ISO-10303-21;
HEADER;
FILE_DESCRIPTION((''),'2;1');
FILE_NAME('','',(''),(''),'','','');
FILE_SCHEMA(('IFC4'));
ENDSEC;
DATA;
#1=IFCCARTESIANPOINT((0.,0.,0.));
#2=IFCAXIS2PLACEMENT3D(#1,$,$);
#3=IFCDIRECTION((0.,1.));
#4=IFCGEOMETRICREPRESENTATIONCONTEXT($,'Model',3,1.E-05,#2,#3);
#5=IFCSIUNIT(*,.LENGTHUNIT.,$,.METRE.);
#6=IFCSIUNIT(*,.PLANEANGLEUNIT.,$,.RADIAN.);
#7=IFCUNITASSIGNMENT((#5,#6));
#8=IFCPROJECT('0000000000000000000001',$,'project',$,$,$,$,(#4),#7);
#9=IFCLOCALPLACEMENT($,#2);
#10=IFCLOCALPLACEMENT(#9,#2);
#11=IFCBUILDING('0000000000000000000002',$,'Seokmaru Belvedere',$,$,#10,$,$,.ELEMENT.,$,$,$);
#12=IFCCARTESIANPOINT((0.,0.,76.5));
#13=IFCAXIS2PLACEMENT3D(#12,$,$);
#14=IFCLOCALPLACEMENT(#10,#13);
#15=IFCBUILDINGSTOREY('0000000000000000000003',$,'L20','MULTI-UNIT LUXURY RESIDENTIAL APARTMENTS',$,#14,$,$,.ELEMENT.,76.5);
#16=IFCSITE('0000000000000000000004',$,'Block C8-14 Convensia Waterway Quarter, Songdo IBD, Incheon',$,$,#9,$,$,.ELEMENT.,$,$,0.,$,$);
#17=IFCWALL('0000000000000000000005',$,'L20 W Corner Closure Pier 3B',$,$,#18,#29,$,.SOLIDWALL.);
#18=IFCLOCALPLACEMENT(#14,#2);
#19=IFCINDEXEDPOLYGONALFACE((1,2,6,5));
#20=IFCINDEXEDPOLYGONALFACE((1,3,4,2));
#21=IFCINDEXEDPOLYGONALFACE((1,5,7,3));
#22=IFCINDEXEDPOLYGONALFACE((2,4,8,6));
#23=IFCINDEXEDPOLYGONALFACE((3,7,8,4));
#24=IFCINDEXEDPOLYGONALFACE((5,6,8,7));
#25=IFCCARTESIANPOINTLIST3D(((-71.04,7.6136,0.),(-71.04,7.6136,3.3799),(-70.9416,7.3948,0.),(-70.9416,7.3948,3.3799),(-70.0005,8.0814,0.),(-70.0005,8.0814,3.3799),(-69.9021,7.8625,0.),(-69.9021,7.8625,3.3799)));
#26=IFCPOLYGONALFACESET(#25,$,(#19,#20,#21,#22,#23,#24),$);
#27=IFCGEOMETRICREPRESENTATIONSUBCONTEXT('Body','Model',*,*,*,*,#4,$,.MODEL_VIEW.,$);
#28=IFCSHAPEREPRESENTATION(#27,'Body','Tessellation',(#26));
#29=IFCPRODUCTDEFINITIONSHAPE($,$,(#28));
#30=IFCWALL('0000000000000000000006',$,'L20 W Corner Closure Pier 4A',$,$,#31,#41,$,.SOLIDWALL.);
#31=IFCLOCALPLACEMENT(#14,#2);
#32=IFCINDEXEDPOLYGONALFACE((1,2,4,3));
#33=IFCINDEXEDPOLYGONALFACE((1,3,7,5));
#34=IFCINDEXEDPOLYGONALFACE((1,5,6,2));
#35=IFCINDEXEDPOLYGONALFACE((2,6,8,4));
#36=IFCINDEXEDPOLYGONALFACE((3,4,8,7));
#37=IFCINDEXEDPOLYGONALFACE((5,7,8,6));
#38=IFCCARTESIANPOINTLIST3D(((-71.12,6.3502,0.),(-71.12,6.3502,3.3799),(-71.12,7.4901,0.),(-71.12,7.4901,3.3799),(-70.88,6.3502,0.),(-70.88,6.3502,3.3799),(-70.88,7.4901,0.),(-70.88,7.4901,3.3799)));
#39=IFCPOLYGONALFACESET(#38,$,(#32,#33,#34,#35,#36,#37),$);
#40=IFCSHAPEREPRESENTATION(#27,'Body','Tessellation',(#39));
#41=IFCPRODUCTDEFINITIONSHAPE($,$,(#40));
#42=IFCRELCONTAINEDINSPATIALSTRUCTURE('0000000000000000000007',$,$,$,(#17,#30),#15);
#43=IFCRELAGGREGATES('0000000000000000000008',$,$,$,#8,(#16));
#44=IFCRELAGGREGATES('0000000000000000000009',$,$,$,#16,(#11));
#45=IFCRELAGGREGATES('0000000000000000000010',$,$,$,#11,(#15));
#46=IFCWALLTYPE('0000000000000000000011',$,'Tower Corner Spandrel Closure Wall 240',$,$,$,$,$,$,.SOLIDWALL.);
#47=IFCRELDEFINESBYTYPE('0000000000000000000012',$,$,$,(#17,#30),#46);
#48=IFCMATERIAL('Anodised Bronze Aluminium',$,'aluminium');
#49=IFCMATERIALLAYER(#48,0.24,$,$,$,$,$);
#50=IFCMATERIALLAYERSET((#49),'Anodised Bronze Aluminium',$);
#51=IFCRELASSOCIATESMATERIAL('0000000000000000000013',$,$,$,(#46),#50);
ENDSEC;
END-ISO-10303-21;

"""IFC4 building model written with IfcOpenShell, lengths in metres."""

from ifc_helpers import new_model, si_unit, direction, frame, frame_2d, origin, place, context, subcontext, project, spatial, rectangle, extrude, material, layer, layer_set, type_object, element, save


model = new_model("IFC4")

# Units and contexts
model_context = context("Model", 3, precision=1e-05, world=origin(), true_north=direction((0.0, 1.0)))
body_context = subcontext(model_context, "Body", "Model", "MODEL_VIEW")
ifc_project = project(units=[si_unit("LENGTHUNIT", "METRE"), si_unit("PLANEANGLEUNIT", "RADIAN")], contexts=[model_context])

# Site, building, storey
site_placement = place(None, origin())
site = spatial("IfcSite", under=ifc_project, at=site_placement, Name="Block C8-14 Convensia Waterway Quarter, Songdo IBD, Incheon", CompositionType="ELEMENT", RefElevation=0.0)
building_placement = place(site_placement, origin())
building = spatial("IfcBuilding", under=site, at=building_placement, Name="Seokmaru Belvedere", CompositionType="ELEMENT")
storey_placement = place(building_placement, frame((0.0, 0.0, 76.5)))
storey = spatial("IfcBuildingStorey", under=building, at=storey_placement, Name="L20", Description="MULTI-UNIT LUXURY RESIDENTIAL APARTMENTS", CompositionType="ELEMENT", Elevation=76.5)

# Shared definitions
ifc_material_1 = material(Name="Anodised Bronze Aluminium", Category="aluminium")

# Walls
ifc_layer_1 = layer(ifc_material_1, 0.24)
ifc_layer_set_1 = layer_set([ifc_layer_1], Name="Anodised Bronze Aluminium")
wall_type_1 = type_object("IfcWallType", Name="Tower Corner Spandrel Closure Wall 240", PredefinedType="SOLIDWALL", material=ifc_layer_set_1)
for number, where, z_axis, x_axis, name in (
    (1, (-69.9514, 7.9719, 0.0), (0.0, 0.0, 1.0), (-0.91193, -0.410347, 0.0), "L20 W Corner Closure Pier 3B"),
    (2, (-71.0, 7.49, 0.0), (0.0, 0.0, 1.0), (0.0, -1.0, 0.0), "L20 W Corner Closure Pier 4A"),
):
    element("IfcWall", number, at=place(storey_placement, frame(where, z_axis=z_axis, x_axis=x_axis)), inside=storey, type_object=wall_type_1, Name=name, PredefinedType="SOLIDWALL", context=body_context, shape_type="SweptSolid", body=[
        extrude(rectangle(XDim=1.1399, YDim=0.24, at=frame_2d((0.5698, 0.0))), origin(), (0.0, 0.0, 1.0), 3.3799),
    ])

save(model, "model.ifc")
